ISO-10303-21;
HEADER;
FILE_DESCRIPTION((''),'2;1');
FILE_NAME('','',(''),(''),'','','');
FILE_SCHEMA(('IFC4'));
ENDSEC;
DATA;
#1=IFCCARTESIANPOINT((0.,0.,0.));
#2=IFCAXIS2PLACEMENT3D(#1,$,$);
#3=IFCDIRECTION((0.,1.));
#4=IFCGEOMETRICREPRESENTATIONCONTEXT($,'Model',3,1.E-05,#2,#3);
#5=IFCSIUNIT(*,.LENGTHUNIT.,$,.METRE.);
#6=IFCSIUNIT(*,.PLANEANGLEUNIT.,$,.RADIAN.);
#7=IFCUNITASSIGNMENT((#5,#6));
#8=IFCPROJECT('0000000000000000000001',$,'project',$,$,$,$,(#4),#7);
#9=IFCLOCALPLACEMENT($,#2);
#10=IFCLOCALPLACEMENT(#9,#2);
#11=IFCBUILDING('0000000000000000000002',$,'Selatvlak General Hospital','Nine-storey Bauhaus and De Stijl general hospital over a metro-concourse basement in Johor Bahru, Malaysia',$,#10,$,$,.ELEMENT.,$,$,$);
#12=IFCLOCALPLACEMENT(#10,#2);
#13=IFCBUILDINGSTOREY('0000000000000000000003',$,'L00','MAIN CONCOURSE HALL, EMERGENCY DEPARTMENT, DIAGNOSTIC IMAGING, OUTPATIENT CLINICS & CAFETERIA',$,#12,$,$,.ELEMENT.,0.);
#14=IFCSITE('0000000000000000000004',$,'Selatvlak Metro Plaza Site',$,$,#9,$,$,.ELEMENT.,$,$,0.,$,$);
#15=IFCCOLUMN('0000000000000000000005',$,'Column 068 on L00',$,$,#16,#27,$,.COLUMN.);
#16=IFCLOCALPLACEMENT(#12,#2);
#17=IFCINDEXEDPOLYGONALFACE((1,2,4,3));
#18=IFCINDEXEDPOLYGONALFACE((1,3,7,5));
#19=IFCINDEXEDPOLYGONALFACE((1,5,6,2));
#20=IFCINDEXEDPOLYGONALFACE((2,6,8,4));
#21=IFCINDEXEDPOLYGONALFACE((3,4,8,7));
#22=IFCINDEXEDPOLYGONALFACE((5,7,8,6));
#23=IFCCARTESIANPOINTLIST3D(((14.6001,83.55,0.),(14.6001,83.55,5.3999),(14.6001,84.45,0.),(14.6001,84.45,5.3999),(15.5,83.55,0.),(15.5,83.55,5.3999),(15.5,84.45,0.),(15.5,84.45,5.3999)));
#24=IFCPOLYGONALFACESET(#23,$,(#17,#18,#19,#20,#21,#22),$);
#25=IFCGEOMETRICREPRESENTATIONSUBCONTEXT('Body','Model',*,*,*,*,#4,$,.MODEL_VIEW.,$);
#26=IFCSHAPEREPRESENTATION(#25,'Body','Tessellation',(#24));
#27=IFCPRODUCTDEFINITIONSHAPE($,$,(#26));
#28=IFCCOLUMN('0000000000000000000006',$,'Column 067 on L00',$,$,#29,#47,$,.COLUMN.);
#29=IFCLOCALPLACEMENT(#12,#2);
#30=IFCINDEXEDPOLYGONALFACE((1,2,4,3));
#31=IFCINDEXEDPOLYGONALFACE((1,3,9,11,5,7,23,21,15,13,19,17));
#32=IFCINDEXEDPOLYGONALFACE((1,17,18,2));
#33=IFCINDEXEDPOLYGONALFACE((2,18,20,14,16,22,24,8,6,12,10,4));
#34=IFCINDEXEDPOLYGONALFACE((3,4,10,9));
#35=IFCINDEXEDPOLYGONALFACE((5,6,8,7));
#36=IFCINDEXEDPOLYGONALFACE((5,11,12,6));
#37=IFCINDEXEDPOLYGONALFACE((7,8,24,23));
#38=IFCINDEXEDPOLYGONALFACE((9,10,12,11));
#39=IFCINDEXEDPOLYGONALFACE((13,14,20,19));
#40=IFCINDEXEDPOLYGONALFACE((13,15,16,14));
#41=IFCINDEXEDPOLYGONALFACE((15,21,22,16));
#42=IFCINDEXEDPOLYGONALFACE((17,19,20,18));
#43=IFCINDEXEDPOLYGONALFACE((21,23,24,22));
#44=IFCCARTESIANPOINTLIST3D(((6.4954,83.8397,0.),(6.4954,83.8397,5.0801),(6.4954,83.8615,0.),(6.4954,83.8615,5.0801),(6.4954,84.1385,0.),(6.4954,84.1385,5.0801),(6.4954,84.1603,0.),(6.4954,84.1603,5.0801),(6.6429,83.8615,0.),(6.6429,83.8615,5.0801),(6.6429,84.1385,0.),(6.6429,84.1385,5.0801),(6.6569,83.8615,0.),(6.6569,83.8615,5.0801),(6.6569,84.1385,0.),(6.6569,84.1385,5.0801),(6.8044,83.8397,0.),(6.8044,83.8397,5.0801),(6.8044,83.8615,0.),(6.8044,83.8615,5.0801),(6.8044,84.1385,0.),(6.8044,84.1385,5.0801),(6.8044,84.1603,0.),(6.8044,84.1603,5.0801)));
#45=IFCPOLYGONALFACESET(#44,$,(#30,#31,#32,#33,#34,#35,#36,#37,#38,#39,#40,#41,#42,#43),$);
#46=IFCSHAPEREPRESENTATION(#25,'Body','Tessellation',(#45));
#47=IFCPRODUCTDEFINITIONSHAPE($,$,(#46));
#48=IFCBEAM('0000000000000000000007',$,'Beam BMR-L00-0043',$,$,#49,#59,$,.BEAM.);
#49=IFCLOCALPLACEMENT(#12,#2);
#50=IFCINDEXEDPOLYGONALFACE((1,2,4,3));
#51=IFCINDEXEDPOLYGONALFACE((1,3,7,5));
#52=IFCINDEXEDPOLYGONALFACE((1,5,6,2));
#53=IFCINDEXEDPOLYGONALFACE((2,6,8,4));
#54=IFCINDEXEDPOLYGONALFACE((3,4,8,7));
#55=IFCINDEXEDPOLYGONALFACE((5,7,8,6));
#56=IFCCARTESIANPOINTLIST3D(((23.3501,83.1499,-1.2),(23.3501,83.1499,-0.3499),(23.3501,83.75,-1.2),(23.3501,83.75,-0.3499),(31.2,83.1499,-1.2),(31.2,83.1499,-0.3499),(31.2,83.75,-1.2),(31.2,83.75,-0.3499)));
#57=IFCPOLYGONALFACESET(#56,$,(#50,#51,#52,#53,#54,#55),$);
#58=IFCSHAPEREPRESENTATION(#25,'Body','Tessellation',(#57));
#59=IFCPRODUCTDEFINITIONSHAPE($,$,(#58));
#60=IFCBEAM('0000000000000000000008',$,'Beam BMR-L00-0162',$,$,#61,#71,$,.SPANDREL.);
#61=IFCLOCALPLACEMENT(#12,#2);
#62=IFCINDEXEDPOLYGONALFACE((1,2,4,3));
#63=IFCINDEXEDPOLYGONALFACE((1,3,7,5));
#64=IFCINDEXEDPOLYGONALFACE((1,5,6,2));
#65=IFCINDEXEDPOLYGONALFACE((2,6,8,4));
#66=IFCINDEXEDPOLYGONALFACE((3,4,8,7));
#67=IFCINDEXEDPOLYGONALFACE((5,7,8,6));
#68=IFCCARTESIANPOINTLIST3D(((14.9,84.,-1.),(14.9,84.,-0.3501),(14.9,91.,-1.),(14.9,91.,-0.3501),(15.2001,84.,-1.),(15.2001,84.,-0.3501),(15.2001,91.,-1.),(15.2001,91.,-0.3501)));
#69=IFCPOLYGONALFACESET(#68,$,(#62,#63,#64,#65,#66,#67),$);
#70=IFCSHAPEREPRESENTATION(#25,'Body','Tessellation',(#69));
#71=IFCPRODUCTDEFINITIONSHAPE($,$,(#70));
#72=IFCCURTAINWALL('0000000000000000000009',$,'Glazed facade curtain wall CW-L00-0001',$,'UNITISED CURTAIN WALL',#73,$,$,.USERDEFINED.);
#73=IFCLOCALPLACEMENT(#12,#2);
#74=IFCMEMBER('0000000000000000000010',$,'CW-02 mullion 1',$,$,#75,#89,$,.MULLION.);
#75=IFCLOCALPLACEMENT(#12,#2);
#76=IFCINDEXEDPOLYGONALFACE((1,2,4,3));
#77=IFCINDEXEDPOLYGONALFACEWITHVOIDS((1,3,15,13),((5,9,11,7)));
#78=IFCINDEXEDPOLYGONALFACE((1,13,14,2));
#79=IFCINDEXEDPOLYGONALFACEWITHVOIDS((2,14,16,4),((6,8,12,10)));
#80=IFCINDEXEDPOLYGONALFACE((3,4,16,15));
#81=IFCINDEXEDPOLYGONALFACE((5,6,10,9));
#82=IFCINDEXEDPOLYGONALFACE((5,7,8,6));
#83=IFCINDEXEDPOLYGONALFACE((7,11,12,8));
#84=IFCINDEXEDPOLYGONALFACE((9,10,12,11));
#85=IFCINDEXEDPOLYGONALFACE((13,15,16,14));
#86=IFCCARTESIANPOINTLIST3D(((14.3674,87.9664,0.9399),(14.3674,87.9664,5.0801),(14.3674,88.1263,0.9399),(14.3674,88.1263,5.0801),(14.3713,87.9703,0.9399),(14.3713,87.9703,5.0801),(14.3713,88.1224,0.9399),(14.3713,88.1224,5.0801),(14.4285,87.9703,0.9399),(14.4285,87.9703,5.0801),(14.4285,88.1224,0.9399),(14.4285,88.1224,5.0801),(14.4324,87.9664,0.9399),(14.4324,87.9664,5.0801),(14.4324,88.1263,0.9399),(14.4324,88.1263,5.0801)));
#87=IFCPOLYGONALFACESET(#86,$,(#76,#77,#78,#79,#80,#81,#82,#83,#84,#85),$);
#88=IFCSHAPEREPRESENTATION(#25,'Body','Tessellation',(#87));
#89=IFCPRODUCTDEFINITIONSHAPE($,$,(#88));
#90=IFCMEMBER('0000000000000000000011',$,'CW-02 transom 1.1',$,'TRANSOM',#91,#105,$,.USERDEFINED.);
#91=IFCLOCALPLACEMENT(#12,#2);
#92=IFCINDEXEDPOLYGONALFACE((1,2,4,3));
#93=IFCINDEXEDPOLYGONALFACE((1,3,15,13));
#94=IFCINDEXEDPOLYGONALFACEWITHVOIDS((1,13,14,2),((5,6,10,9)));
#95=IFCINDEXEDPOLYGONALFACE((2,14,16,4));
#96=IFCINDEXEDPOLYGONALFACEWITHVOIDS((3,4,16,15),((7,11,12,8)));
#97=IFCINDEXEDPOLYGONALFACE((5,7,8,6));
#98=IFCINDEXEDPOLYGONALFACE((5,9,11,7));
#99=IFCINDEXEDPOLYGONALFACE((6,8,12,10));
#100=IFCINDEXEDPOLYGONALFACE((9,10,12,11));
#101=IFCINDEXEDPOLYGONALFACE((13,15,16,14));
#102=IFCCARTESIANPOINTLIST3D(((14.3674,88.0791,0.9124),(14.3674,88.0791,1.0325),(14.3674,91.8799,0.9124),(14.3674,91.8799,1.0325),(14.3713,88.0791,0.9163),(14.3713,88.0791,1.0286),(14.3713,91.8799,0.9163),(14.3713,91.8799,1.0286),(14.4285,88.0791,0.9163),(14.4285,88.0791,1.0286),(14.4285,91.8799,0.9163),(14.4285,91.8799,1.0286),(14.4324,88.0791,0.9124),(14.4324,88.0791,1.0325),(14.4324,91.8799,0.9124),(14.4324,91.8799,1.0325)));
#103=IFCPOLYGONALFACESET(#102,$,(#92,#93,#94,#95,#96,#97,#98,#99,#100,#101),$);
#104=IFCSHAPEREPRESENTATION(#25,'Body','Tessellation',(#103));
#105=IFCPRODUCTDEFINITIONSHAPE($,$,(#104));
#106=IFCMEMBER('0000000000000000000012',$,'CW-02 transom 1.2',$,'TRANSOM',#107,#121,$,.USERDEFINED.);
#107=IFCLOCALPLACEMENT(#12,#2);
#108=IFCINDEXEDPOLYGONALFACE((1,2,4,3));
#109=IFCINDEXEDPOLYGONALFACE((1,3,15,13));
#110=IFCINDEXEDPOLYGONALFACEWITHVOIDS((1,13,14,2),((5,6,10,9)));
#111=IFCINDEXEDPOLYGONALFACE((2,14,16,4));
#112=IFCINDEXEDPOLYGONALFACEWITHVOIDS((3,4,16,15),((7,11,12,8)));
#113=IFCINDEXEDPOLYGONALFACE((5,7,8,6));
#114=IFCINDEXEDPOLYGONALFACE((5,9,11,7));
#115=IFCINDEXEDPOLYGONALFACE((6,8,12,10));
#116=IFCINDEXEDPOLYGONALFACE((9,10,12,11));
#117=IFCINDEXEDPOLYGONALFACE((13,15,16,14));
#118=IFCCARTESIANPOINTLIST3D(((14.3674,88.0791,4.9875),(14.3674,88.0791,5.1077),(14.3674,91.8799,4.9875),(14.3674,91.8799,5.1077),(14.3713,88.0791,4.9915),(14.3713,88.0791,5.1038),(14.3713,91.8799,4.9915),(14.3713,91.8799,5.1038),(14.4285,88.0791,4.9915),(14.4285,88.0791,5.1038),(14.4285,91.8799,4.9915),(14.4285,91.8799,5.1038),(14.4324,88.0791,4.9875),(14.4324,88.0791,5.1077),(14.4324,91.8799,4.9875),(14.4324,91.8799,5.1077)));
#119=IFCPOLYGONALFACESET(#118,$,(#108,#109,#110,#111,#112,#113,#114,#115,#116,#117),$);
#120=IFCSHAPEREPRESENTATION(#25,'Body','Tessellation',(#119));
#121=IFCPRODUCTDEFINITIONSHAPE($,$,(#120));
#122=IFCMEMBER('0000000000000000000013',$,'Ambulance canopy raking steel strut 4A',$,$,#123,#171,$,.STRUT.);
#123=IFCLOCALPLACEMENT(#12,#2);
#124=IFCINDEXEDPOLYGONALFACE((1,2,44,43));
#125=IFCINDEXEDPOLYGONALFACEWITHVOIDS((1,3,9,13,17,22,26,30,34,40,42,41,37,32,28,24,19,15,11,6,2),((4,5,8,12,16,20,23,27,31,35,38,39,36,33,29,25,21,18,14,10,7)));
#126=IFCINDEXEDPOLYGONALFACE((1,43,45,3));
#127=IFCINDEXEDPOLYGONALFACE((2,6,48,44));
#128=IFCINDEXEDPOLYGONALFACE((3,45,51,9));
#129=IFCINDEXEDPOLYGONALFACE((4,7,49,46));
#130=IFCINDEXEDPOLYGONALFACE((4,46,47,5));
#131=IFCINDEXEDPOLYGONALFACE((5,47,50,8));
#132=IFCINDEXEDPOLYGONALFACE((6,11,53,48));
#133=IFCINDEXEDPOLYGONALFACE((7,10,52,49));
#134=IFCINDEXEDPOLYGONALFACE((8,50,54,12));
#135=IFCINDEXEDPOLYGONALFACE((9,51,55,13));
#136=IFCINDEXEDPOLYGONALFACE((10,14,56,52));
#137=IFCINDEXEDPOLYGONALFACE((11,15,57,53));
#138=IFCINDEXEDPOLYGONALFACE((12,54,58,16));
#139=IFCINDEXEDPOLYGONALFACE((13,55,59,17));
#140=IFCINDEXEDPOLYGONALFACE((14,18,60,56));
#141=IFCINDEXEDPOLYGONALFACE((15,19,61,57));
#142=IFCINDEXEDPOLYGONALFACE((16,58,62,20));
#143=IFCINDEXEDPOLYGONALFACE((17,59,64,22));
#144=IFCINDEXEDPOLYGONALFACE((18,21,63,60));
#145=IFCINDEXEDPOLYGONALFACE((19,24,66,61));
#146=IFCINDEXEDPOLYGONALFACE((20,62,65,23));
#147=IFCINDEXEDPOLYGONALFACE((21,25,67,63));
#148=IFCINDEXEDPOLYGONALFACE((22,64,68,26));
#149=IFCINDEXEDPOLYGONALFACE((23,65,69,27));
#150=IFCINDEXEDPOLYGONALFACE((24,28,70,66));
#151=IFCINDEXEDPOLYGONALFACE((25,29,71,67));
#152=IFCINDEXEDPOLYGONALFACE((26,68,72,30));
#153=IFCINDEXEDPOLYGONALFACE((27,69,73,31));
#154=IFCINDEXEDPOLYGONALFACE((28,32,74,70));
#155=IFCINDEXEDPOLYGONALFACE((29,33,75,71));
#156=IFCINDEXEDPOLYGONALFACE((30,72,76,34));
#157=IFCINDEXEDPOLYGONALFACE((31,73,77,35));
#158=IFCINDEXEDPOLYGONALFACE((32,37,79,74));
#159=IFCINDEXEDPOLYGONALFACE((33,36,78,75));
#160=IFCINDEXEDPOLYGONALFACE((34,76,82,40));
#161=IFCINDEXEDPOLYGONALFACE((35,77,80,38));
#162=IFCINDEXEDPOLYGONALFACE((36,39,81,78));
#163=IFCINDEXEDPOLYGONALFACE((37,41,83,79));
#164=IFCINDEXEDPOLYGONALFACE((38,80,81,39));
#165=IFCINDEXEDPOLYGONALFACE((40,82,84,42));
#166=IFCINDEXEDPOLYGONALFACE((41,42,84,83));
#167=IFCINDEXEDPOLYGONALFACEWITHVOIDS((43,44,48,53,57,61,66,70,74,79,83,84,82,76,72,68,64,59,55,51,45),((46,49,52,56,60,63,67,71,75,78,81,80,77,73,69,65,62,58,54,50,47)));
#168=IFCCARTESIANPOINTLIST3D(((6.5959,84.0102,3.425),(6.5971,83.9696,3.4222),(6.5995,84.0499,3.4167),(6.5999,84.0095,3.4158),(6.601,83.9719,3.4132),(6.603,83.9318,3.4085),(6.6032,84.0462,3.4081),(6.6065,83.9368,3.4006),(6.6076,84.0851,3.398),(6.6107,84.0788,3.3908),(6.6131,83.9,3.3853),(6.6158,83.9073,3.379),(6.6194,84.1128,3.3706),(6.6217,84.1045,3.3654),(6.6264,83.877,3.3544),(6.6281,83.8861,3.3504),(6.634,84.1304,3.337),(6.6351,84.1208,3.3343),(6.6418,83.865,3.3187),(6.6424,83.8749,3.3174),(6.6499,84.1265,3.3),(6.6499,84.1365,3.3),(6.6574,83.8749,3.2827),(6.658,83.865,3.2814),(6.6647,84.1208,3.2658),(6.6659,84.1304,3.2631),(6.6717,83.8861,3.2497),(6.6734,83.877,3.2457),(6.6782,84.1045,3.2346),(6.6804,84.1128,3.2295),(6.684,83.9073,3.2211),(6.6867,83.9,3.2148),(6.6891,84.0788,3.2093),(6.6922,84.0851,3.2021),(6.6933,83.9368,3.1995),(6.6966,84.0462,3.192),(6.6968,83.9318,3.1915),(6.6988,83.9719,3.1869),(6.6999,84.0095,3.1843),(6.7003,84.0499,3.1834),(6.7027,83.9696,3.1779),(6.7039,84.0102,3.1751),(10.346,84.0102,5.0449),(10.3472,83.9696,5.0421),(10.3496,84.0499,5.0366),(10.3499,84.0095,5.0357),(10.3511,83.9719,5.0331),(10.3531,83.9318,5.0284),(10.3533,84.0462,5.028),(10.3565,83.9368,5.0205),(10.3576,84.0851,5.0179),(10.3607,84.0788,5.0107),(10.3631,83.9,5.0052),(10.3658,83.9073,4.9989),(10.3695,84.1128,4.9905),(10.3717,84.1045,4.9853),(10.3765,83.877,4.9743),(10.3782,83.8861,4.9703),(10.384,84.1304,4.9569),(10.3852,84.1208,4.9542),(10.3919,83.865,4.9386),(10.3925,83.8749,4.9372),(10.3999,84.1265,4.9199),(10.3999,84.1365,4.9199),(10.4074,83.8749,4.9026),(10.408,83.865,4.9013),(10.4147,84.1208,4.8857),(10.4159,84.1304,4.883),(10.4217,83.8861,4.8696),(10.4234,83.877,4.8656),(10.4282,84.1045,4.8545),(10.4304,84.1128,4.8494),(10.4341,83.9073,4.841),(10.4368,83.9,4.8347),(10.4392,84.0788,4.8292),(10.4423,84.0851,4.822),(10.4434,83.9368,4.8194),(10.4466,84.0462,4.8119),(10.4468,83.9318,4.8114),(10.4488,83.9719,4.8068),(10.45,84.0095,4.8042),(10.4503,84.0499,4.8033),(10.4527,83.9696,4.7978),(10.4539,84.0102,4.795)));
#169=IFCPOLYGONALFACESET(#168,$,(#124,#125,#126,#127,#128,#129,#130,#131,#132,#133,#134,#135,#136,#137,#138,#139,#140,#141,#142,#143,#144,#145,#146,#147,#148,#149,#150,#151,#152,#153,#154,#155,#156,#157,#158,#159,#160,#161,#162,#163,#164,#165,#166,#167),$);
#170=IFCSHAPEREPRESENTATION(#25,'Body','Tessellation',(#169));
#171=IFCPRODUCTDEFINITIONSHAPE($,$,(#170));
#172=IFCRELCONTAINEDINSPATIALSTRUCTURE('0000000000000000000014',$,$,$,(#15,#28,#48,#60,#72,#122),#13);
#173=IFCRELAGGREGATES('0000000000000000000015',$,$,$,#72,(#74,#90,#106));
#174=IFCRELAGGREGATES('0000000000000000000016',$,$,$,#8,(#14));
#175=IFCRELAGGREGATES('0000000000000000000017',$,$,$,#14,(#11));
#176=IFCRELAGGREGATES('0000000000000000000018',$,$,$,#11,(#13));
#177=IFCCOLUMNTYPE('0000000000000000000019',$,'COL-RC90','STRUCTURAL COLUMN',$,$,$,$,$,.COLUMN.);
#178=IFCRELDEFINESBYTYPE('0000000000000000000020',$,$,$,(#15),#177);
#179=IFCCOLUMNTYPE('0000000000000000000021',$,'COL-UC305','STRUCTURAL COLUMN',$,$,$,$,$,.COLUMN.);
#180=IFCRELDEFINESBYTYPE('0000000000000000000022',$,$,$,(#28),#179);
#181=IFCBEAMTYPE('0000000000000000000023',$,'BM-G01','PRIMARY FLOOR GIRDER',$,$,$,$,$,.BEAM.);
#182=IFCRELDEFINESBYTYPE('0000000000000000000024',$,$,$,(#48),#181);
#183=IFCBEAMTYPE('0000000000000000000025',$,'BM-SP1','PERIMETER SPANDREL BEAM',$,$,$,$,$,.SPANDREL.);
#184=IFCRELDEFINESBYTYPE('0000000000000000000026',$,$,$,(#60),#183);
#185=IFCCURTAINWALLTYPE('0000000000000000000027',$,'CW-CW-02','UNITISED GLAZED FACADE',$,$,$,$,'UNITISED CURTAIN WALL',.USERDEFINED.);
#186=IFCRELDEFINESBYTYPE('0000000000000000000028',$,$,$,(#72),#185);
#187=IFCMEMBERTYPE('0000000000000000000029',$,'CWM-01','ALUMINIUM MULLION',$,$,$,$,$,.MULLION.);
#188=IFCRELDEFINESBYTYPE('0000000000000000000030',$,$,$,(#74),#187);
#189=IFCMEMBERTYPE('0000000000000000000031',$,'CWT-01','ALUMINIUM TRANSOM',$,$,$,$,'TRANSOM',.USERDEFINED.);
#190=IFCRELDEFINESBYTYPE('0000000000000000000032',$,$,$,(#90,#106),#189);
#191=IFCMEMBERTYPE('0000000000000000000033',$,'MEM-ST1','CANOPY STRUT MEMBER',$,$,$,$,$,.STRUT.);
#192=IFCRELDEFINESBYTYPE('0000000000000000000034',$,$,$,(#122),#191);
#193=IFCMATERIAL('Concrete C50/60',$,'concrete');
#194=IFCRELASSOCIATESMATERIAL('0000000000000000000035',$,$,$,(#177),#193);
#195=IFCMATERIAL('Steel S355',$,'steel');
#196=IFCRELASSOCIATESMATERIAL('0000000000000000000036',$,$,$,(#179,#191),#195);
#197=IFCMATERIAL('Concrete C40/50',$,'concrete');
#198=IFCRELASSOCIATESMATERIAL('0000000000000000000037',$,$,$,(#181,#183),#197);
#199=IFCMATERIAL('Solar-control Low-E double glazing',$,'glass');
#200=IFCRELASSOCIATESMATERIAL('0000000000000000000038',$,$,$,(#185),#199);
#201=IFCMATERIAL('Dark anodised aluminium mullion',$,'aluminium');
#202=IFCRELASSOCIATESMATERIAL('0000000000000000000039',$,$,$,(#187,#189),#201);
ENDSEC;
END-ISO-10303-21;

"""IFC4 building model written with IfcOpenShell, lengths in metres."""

from ifc_helpers import new_model, si_unit, direction, frame, origin, origin_2d, place, context, subcontext, project, spatial, rectangle, hollow_rectangle, hollow_circle, i_section, extrude, material, material_profile, profile_set, type_object, element, aggregate, save


model = new_model("IFC4")

# Units and contexts
model_context = context("Model", 3, precision=1e-05, world=origin(), true_north=direction((0.0, 1.0)))
body_context = subcontext(model_context, "Body", "Model", "MODEL_VIEW")
ifc_project = project(units=[si_unit("LENGTHUNIT", "METRE"), si_unit("PLANEANGLEUNIT", "RADIAN")], contexts=[model_context])

# Site, building, storey
site_placement = place(None, origin())
site = spatial("IfcSite", under=ifc_project, at=site_placement, Name="Selatvlak Metro Plaza Site", CompositionType="ELEMENT", RefElevation=0.0)
building_placement = place(site_placement, origin())
building = spatial("IfcBuilding", under=site, at=building_placement, Name="Selatvlak General Hospital", Description="Nine-storey Bauhaus and De Stijl general hospital over a metro-concourse basement in Johor Bahru, Malaysia", CompositionType="ELEMENT")
storey_placement = place(building_placement, origin())
storey = spatial("IfcBuildingStorey", under=building, at=storey_placement, Name="L00", Description="MAIN CONCOURSE HALL, EMERGENCY DEPARTMENT, DIAGNOSTIC IMAGING, OUTPATIENT CLINICS & CAFETERIA", CompositionType="ELEMENT", Elevation=0.0)

# Columns
ifc_material_1 = material(Name="Concrete C50/60", Category="concrete")
ifc_material_profile_1 = material_profile(ifc_material_1, rectangle(XDim=0.8999, YDim=0.8999, at=origin_2d()), Name="RC-COL 900x900")
ifc_profile_set_1 = profile_set([ifc_material_profile_1], Name="Concrete C50/60")
column_type_1 = type_object("IfcColumnType", Name="COL-RC90", Description="STRUCTURAL COLUMN", PredefinedType="COLUMN", material=ifc_profile_set_1)
column_1_placement = place(storey_placement, frame((15.05, 84.0, 0.0), z_axis=(0.0, 0.0, 1.0), x_axis=(1.0, 0.0, 0.0)))
element("IfcColumn", 1, at=column_1_placement, inside=storey, type_object=column_type_1, Name="Column 068 on L00", PredefinedType="COLUMN", context=body_context, shape_type="SweptSolid", body=[
    extrude(rectangle(XDim=0.8999, YDim=0.8999, at=origin_2d()), origin(), (0.0, 0.0, 1.0), 5.3999),
])
ifc_material_2 = material(Name="Steel S355", Category="steel")
ifc_material_profile_2 = material_profile(ifc_material_2, i_section(OverallWidth=0.3091, OverallDepth=0.3206, WebThickness=0.0139, FlangeThickness=0.0217, at=origin_2d()), Name="UC 305x305x137")
ifc_profile_set_2 = profile_set([ifc_material_profile_2], Name="Steel S355")
column_type_2 = type_object("IfcColumnType", Name="COL-UC305", Description="STRUCTURAL COLUMN", PredefinedType="COLUMN", material=ifc_profile_set_2)
column_2_placement = place(storey_placement, frame((6.6499, 84.0, 0.0), z_axis=(0.0, 0.0, 1.0), x_axis=(1.0, 0.0, 0.0)))
element("IfcColumn", 2, at=column_2_placement, inside=storey, type_object=column_type_2, Name="Column 067 on L00", PredefinedType="COLUMN", context=body_context, shape_type="SweptSolid", body=[
    extrude(i_section(OverallWidth=0.3091, OverallDepth=0.3206, WebThickness=0.0139, FlangeThickness=0.0217, at=origin_2d()), origin(), (0.0, 0.0, 1.0), 5.0801),
])

# Beams
ifc_material_3 = material(Name="Concrete C40/50", Category="concrete")
ifc_material_profile_3 = material_profile(ifc_material_3, rectangle(XDim=0.6001, YDim=0.8501, at=origin_2d()), Name="RC-BM 600x850")
ifc_profile_set_3 = profile_set([ifc_material_profile_3], Name="Concrete C40/50")
beam_type_1 = type_object("IfcBeamType", Name="BM-G01", Description="PRIMARY FLOOR GIRDER", PredefinedType="BEAM", material=ifc_profile_set_3)
beam_1_placement = place(storey_placement, frame((23.3501, 83.45, -0.7749), z_axis=(1.0, 0.0, 0.0), x_axis=(0.0, 1.0, 0.0)))
element("IfcBeam", 3, at=beam_1_placement, inside=storey, type_object=beam_type_1, Name="Beam BMR-L00-0043", PredefinedType="BEAM", context=body_context, shape_type="SweptSolid", body=[
    extrude(rectangle(XDim=0.6001, YDim=0.8501, at=origin_2d()), origin(), (0.0, 0.0, 1.0), 7.8499),
])
ifc_material_profile_4 = material_profile(ifc_material_3, rectangle(XDim=0.3, YDim=0.6499, at=origin_2d()), Name="RC-SP 300x650")
ifc_profile_set_4 = profile_set([ifc_material_profile_4], Name="Concrete C40/50")
beam_type_2 = type_object("IfcBeamType", Name="BM-SP1", Description="PERIMETER SPANDREL BEAM", PredefinedType="SPANDREL", material=ifc_profile_set_4)
beam_2_placement = place(storey_placement, frame((15.05, 84.0, -0.675), z_axis=(0.0, 1.0, 0.0), x_axis=(-1.0, 0.0, 0.0)))
element("IfcBeam", 4, at=beam_2_placement, inside=storey, type_object=beam_type_2, Name="Beam BMR-L00-0162", PredefinedType="SPANDREL", context=body_context, shape_type="SweptSolid", body=[
    extrude(rectangle(XDim=0.3, YDim=0.6499, at=origin_2d()), origin(), (0.0, 0.0, 1.0), 7.0),
])

# Curtain wall, members
ifc_material_4 = material(Name="Solar-control Low-E double glazing", Category="glass")
curtain_wall_type = type_object("IfcCurtainWallType", Name="CW-CW-02", Description="UNITISED GLAZED FACADE", ElementType="UNITISED CURTAIN WALL", PredefinedType="USERDEFINED", material=ifc_material_4)
curtain_wall_placement = place(storey_placement, origin())
curtain_wall = element("IfcCurtainWall", 5, at=curtain_wall_placement, inside=storey, type_object=curtain_wall_type, Name="Glazed facade curtain wall CW-L00-0001", ObjectType="UNITISED CURTAIN WALL", PredefinedType="USERDEFINED")
ifc_material_5 = material(Name="Dark anodised aluminium mullion", Category="aluminium")
ifc_material_profile_5 = material_profile(ifc_material_5, hollow_rectangle(XDim=0.0649, YDim=0.1599, WallThickness=0.0039, at=origin_2d()), Name="AL-MUL 65x160x4")
ifc_profile_set_5 = profile_set([ifc_material_profile_5], Name="Dark anodised aluminium mullion")
member_type_1 = type_object("IfcMemberType", Name="CWM-01", Description="ALUMINIUM MULLION", PredefinedType="MULLION", material=ifc_profile_set_5)
member_1_placement = place(storey_placement, frame((14.3999, 88.0464, 0.9399), z_axis=(0.0, 0.0, 1.0), x_axis=(-1.0, 0.0, 0.0)))
member_1 = element("IfcMember", 6, at=member_1_placement, type_object=member_type_1, Name="CW-02 mullion 1", PredefinedType="MULLION", context=body_context, shape_type="SweptSolid", body=[
    extrude(hollow_rectangle(XDim=0.0649, YDim=0.1599, WallThickness=0.0039, at=origin_2d()), origin(), (0.0, 0.0, 1.0), 4.1401),
])
ifc_material_profile_6 = material_profile(ifc_material_5, hollow_rectangle(XDim=0.0649, YDim=0.1201, WallThickness=0.0039, at=origin_2d()), Name="AL-TRN 65x120x4")
ifc_profile_set_6 = profile_set([ifc_material_profile_6], Name="Dark anodised aluminium mullion")
member_type_2 = type_object("IfcMemberType", Name="CWT-01", Description="ALUMINIUM TRANSOM", ElementType="TRANSOM", PredefinedType="USERDEFINED", material=ifc_profile_set_6)
member_2_placement = place(storey_placement, frame((14.3999, 88.0791, 0.9724), z_axis=(0.0, 1.0, 0.0), x_axis=(-1.0, 0.0, 0.0)))
member_2 = element("IfcMember", 7, at=member_2_placement, type_object=member_type_2, Name="CW-02 transom 1.1", ObjectType="TRANSOM", PredefinedType="USERDEFINED", context=body_context, shape_type="SweptSolid", body=[
    extrude(hollow_rectangle(XDim=0.0649, YDim=0.1201, WallThickness=0.0039, at=origin_2d()), origin(), (0.0, 0.0, 1.0), 3.8008),
])
member_3_placement = place(storey_placement, frame((14.3999, 88.0791, 5.0476), z_axis=(0.0, 1.0, 0.0), x_axis=(-1.0, 0.0, 0.0)))
member_3 = element("IfcMember", 8, at=member_3_placement, type_object=member_type_2, Name="CW-02 transom 1.2", ObjectType="TRANSOM", PredefinedType="USERDEFINED", context=body_context, shape_type="SweptSolid", body=[
    extrude(hollow_rectangle(XDim=0.0649, YDim=0.1201, WallThickness=0.0039, at=origin_2d()), origin(), (0.0, 0.0, 1.0), 3.8008),
])
aggregate(curtain_wall, [member_1, member_2, member_3])

# Member
ifc_material_profile_7 = material_profile(ifc_material_2, hollow_circle(Radius=0.1365, WallThickness=0.01, at=origin_2d()), Name="CHS 273.0x10")
ifc_profile_set_7 = profile_set([ifc_material_profile_7], Name="Steel S355")
member_type_3 = type_object("IfcMemberType", Name="MEM-ST1", Description="CANOPY STRUT MEMBER", PredefinedType="STRUT", material=ifc_profile_set_7)
member_4_placement = place(storey_placement, frame((6.6499, 84.0, 3.3), z_axis=(0.918013, 0.0, 0.39655), x_axis=(0.0, 1.0, 0.0)))
element("IfcMember", 9, at=member_4_placement, inside=storey, type_object=member_type_3, Name="Ambulance canopy raking steel strut 4A", PredefinedType="STRUT", context=body_context, shape_type="SweptSolid", body=[
    extrude(hollow_circle(Radius=0.1365, WallThickness=0.01, at=origin_2d()), origin(), (0.0, 0.0, 1.0), 4.085),
])

save(model, "model.ifc")
